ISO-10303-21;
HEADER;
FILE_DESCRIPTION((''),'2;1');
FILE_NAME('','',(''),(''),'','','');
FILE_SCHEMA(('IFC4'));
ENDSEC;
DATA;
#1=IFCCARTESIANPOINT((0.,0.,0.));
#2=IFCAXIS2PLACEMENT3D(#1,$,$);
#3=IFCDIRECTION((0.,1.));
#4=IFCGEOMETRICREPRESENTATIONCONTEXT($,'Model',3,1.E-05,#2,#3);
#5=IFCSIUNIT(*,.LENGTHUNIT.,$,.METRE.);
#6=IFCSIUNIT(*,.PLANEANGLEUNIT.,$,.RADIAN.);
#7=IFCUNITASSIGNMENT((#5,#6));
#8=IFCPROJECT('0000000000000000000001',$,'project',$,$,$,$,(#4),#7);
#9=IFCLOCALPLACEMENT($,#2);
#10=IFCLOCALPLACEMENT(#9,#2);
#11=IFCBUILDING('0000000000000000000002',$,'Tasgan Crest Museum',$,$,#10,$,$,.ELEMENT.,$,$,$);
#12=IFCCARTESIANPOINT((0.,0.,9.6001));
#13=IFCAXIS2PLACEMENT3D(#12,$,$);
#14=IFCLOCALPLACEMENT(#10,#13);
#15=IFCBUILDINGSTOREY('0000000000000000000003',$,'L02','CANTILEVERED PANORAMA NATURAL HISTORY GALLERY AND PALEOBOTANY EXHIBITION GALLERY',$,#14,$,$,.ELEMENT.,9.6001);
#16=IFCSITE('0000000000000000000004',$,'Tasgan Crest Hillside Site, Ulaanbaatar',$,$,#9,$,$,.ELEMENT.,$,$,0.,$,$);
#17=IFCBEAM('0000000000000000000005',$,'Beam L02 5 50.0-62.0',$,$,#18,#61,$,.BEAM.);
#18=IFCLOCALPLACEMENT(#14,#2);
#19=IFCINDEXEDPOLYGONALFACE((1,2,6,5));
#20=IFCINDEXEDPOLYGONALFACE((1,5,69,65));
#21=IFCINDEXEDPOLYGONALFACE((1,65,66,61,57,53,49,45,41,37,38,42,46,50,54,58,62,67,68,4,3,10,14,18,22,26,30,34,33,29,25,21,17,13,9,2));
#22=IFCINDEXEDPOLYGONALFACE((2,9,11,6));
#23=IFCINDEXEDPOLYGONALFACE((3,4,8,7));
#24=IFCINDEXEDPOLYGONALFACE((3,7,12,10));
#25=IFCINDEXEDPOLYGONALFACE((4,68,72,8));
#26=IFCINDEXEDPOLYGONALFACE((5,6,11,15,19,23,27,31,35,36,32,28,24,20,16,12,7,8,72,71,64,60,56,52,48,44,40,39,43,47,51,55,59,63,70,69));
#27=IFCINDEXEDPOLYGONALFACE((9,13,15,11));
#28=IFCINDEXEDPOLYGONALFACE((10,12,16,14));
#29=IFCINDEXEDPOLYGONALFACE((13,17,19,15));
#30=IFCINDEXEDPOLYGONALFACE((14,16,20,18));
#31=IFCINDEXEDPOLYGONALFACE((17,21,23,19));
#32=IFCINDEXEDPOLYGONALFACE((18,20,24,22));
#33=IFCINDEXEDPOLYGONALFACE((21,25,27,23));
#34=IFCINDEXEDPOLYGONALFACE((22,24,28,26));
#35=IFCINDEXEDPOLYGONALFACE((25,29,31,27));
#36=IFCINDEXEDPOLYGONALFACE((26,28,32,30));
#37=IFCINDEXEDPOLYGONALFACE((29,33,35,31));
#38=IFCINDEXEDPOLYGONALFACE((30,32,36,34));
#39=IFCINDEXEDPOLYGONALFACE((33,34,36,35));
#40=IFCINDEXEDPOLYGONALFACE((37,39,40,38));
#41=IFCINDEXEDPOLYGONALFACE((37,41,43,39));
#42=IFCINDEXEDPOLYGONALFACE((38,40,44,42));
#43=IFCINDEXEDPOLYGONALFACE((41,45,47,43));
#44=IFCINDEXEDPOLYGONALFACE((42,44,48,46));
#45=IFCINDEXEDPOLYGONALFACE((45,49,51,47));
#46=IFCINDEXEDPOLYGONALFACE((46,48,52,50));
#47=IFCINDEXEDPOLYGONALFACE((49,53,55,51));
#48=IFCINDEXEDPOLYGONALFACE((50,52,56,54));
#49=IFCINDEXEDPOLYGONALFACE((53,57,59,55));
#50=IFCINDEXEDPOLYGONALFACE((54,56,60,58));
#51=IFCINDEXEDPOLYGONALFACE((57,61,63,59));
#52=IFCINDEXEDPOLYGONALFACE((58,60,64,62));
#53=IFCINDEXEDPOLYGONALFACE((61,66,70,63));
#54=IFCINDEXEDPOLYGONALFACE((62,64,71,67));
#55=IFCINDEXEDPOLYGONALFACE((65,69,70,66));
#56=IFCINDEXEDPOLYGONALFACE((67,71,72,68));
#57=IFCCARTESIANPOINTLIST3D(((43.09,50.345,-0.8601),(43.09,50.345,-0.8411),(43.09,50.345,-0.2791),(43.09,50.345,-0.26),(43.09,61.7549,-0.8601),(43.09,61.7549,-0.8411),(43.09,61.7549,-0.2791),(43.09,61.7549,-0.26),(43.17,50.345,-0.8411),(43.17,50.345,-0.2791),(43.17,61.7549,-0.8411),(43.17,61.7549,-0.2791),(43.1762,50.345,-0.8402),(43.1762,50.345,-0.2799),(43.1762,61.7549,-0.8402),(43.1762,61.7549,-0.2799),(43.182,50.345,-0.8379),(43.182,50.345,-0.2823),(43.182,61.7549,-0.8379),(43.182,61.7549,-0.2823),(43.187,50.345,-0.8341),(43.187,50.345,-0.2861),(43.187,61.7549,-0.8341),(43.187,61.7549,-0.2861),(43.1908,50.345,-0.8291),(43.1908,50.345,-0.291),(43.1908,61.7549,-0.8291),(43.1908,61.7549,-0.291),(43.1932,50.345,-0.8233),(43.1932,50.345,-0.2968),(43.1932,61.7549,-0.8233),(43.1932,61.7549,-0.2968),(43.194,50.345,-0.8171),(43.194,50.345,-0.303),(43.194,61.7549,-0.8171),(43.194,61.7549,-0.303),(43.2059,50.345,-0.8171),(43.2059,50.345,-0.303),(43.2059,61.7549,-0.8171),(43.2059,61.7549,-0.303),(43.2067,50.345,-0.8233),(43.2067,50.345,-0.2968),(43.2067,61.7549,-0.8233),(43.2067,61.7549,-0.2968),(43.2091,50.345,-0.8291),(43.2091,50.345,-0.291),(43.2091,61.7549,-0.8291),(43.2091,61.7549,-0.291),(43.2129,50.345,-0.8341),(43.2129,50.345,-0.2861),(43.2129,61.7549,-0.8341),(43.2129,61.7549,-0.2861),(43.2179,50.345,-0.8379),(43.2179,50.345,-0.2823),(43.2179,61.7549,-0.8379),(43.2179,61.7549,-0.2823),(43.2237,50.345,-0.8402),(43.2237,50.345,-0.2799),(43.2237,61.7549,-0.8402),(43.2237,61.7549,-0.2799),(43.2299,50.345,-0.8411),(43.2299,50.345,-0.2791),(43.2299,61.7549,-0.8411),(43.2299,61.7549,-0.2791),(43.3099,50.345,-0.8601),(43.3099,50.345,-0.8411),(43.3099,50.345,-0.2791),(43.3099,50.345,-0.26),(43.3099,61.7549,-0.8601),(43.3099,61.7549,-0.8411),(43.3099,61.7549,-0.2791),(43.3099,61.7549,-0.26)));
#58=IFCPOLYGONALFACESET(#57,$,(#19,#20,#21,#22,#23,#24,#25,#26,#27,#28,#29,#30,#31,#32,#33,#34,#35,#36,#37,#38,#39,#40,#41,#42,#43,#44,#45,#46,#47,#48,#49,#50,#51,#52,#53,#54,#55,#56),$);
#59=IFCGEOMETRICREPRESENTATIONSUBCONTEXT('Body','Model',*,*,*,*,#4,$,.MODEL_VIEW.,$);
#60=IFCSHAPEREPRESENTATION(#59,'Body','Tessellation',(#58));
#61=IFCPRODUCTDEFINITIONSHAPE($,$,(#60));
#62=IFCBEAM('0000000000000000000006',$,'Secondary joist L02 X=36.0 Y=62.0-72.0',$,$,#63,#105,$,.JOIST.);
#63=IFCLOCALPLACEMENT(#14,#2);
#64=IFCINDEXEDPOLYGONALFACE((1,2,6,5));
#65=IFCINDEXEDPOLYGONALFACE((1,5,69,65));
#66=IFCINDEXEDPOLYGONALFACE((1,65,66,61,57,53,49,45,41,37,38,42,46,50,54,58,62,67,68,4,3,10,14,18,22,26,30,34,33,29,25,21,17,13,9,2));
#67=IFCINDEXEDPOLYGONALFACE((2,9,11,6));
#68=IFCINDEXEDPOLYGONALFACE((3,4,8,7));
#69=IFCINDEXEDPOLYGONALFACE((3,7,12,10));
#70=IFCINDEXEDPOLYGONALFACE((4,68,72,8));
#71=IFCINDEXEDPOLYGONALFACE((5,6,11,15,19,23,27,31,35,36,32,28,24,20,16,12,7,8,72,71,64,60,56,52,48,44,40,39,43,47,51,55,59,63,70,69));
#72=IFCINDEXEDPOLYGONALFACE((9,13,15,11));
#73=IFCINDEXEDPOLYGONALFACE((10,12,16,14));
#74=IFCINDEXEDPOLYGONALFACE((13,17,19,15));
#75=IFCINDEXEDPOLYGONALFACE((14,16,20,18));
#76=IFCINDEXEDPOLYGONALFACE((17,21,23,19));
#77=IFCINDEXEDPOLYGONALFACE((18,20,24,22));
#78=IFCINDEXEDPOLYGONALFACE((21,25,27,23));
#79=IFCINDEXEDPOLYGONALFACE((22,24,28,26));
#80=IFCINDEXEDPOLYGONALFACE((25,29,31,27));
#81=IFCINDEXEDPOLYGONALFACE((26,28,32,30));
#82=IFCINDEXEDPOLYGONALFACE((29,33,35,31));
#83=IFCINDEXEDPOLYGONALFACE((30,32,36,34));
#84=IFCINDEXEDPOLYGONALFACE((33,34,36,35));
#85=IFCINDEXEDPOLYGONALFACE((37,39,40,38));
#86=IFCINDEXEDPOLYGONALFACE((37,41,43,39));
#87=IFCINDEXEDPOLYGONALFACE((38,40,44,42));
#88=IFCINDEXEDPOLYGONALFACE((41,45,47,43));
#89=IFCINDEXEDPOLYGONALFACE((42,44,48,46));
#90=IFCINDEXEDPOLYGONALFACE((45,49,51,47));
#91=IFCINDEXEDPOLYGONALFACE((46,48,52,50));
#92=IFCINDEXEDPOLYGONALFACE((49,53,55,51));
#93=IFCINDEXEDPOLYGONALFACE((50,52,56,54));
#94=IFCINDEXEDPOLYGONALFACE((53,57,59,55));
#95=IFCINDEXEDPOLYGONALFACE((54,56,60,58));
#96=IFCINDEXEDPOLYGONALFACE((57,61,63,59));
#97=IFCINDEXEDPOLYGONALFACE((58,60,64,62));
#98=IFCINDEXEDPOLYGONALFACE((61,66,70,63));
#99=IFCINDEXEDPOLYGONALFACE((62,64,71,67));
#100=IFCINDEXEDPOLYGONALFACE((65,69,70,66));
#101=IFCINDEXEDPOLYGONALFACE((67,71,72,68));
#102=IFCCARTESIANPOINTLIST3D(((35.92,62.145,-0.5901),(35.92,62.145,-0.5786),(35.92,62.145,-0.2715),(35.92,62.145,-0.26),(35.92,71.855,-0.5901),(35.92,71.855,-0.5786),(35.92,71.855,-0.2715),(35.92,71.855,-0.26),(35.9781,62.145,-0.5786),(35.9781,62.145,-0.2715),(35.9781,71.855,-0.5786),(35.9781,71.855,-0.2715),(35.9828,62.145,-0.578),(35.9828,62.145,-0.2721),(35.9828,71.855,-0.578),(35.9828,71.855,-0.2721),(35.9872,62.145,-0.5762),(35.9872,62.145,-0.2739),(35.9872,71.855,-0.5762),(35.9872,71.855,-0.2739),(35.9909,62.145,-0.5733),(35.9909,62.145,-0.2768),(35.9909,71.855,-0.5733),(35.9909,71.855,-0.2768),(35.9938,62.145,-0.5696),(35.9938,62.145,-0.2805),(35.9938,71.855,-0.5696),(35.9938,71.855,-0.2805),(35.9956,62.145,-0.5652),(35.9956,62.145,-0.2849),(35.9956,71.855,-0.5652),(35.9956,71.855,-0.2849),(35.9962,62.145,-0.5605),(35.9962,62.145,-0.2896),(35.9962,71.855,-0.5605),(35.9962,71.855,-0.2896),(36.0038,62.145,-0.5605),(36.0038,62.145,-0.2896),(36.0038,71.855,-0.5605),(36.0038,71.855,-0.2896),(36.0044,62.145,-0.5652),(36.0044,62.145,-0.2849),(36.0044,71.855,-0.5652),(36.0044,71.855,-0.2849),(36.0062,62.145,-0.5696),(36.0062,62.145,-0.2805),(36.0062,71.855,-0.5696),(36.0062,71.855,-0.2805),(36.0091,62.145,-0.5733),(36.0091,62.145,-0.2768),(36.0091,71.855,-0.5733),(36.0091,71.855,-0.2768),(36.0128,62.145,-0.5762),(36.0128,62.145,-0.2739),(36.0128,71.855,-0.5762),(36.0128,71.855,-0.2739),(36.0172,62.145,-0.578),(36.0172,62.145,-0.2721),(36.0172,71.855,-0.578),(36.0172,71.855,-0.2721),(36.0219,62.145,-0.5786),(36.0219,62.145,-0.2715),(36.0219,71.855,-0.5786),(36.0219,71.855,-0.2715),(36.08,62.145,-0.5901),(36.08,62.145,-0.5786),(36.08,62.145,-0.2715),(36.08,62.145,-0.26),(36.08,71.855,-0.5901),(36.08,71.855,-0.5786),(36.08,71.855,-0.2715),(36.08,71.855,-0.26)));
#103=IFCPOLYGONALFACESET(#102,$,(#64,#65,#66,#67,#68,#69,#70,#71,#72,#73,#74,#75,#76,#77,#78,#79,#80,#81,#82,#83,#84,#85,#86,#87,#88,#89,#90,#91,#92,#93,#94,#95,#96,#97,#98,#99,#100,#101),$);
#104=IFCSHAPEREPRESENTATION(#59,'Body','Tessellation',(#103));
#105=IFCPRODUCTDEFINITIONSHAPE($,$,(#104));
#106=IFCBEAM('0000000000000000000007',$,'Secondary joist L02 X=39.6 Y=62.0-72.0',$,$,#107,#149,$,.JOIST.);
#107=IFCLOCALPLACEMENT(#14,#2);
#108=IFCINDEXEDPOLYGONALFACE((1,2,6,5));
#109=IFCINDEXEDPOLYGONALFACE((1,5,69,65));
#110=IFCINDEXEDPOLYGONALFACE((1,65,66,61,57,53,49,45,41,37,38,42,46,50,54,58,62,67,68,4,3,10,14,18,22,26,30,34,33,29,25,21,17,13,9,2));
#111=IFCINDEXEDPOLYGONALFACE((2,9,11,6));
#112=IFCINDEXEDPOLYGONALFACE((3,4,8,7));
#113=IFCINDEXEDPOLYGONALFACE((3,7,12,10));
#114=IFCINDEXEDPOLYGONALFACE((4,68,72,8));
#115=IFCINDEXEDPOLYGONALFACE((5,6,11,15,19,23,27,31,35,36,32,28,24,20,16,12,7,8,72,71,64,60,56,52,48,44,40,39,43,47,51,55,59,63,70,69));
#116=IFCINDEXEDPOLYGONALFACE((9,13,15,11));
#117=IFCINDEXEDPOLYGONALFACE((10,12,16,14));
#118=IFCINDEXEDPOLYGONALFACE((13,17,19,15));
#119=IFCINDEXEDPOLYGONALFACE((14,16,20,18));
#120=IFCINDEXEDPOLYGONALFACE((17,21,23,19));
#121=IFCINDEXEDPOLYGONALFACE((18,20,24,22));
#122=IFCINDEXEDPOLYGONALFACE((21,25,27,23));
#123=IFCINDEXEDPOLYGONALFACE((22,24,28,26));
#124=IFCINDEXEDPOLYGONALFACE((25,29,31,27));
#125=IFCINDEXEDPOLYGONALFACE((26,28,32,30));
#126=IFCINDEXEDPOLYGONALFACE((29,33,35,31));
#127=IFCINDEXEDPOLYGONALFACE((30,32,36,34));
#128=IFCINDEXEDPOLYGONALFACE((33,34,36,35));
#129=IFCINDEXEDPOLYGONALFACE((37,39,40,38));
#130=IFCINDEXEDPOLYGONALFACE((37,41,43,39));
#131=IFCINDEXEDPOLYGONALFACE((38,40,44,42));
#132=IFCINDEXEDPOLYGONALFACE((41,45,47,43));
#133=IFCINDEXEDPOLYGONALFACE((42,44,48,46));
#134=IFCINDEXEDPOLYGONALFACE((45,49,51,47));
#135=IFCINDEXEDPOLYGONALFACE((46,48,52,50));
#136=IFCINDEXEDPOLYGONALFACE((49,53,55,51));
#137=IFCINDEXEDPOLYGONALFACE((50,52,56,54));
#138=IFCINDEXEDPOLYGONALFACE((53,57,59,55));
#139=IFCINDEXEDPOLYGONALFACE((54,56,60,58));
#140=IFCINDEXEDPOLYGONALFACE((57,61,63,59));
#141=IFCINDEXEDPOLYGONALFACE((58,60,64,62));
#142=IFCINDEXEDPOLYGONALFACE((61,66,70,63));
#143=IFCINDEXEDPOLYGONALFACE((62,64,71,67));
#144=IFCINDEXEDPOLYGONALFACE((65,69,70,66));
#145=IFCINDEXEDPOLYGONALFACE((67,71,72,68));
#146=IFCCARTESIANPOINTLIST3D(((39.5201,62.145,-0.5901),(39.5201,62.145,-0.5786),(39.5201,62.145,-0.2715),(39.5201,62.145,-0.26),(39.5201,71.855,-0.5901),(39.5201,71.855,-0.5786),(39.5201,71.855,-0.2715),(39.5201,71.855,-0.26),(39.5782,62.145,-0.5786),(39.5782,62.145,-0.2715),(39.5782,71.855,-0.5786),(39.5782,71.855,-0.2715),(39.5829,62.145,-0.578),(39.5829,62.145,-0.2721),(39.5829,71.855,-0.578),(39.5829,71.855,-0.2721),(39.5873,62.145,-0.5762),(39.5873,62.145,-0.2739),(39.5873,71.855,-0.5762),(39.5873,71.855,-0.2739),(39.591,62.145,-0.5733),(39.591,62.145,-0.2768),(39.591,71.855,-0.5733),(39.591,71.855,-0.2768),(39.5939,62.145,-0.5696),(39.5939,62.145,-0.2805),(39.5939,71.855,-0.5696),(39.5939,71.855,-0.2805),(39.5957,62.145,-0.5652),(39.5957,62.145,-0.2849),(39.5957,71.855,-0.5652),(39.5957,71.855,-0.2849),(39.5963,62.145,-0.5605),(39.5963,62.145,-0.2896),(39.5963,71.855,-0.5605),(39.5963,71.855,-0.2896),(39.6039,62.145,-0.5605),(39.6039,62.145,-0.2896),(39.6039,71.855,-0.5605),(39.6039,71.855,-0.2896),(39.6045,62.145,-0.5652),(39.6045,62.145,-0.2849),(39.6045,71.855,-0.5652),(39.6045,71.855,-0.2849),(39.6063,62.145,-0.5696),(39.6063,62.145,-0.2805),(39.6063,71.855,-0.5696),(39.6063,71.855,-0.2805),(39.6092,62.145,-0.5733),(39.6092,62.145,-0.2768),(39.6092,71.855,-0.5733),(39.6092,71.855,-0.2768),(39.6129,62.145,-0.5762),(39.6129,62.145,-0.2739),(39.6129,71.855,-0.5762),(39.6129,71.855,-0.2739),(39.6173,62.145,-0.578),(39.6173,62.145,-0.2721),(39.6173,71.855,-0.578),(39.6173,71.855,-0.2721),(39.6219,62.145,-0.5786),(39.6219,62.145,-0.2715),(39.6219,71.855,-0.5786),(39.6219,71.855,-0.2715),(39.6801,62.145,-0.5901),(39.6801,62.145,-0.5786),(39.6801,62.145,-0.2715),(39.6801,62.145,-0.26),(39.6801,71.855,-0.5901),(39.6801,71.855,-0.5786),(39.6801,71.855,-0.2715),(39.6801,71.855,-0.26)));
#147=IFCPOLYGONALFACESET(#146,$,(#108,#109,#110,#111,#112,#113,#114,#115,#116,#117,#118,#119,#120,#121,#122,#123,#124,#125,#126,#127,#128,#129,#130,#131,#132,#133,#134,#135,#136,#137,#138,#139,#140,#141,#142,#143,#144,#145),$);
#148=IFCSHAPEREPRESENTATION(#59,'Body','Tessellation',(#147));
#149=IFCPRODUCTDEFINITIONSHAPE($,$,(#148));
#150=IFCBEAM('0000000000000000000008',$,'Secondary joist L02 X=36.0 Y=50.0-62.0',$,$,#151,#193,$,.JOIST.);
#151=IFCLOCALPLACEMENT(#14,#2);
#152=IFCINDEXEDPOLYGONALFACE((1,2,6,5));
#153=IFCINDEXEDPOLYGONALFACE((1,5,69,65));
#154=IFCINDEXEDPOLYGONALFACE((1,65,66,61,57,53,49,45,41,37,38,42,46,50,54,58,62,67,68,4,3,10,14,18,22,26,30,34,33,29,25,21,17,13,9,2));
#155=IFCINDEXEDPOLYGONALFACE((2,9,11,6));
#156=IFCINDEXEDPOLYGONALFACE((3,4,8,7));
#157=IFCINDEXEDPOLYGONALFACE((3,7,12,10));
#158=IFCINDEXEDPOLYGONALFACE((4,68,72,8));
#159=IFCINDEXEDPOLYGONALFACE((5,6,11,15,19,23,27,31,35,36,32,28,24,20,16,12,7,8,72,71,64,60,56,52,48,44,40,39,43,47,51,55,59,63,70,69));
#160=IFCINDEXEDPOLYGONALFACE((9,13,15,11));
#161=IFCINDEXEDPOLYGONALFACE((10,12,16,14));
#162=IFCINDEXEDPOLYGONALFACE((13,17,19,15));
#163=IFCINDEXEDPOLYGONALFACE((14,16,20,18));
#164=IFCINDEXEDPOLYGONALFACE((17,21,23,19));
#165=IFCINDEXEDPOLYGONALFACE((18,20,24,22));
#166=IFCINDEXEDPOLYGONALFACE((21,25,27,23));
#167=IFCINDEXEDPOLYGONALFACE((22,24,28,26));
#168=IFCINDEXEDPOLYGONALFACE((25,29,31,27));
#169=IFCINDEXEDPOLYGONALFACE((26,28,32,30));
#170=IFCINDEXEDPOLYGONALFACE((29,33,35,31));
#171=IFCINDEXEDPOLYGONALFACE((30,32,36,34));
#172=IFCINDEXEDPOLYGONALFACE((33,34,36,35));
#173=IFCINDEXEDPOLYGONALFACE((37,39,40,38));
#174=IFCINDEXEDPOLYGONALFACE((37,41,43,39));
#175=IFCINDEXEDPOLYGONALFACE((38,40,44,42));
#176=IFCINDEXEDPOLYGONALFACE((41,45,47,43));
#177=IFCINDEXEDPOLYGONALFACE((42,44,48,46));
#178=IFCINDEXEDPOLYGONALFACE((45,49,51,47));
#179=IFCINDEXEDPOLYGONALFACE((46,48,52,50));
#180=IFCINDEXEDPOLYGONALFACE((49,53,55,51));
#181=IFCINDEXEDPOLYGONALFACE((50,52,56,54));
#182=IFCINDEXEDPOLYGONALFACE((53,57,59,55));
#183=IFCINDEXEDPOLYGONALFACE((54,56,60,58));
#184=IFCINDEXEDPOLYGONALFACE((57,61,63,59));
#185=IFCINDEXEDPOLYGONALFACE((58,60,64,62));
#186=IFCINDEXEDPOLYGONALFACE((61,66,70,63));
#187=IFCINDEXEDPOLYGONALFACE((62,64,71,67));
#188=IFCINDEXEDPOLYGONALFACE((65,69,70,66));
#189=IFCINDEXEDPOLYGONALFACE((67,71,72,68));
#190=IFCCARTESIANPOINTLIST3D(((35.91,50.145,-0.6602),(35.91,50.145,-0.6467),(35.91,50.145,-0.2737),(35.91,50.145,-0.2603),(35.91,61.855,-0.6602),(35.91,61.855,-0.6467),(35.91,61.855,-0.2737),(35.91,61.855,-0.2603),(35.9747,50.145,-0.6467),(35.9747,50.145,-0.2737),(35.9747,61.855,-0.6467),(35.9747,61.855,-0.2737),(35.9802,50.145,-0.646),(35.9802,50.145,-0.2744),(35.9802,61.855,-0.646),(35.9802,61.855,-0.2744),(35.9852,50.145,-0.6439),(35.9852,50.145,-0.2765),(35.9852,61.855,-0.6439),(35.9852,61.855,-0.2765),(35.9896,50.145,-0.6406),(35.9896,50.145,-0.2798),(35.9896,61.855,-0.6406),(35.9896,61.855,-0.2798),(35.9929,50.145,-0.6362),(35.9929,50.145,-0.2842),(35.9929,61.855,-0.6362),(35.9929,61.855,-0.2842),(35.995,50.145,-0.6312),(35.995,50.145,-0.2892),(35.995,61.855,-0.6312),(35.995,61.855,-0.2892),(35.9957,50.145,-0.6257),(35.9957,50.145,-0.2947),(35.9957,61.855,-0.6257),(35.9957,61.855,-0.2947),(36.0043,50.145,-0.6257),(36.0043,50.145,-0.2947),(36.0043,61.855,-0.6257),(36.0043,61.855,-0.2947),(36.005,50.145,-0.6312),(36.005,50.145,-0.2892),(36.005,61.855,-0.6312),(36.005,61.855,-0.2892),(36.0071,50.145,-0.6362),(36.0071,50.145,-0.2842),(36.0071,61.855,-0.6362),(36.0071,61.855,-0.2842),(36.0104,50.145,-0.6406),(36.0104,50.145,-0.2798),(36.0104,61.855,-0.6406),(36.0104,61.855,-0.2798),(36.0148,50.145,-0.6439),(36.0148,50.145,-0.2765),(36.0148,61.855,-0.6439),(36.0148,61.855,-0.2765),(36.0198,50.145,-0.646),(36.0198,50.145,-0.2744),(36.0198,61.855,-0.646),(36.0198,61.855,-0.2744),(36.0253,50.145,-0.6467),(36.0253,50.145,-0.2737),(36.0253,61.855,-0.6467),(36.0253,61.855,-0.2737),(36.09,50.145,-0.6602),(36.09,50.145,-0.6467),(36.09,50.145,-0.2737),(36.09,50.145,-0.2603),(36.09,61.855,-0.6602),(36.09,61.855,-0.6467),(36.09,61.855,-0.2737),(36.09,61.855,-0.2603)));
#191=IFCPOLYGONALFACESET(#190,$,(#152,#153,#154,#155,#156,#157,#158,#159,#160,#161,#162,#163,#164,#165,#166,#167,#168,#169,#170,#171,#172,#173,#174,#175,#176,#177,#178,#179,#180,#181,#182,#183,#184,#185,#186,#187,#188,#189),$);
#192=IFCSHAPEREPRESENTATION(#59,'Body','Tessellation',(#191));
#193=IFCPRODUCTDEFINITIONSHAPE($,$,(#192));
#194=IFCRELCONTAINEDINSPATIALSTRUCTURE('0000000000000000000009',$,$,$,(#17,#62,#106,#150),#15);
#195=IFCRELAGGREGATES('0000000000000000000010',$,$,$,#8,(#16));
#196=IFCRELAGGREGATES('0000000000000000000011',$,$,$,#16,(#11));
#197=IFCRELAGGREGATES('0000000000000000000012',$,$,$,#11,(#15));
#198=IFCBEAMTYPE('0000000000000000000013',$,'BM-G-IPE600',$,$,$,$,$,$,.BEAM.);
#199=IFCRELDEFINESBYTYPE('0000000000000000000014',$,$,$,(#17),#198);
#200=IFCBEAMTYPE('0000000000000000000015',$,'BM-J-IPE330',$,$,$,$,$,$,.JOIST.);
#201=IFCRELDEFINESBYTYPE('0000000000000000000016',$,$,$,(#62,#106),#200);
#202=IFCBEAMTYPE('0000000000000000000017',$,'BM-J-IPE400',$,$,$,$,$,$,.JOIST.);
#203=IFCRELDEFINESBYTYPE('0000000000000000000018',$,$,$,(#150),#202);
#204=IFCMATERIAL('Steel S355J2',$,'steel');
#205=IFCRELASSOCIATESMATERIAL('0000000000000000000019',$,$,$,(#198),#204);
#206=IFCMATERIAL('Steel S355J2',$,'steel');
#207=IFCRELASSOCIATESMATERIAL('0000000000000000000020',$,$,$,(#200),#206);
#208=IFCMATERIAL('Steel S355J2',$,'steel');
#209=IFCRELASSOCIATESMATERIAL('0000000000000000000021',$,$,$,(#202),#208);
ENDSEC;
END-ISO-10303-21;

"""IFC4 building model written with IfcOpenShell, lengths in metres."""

from ifc_helpers import new_model, si_unit, direction, frame, origin, origin_2d, place, context, subcontext, project, spatial, i_section, extrude, material, material_profile, profile_set, type_object, element, save


model = new_model("IFC4")

# Units and contexts
model_context = context("Model", 3, precision=1e-05, world=origin(), true_north=direction((0.0, 1.0)))
body_context = subcontext(model_context, "Body", "Model", "MODEL_VIEW")
ifc_project = project(units=[si_unit("LENGTHUNIT", "METRE"), si_unit("PLANEANGLEUNIT", "RADIAN")], contexts=[model_context])

# Site, building, storey
site_placement = place(None, origin())
site = spatial("IfcSite", under=ifc_project, at=site_placement, Name="Tasgan Crest Hillside Site, Ulaanbaatar", CompositionType="ELEMENT", RefElevation=0.0)
building_placement = place(site_placement, origin())
building = spatial("IfcBuilding", under=site, at=building_placement, Name="Tasgan Crest Museum", CompositionType="ELEMENT")
storey_placement = place(building_placement, frame((0.0, 0.0, 9.6001)))
storey = spatial("IfcBuildingStorey", under=building, at=storey_placement, Name="L02", Description="CANTILEVERED PANORAMA NATURAL HISTORY GALLERY AND PALEOBOTANY EXHIBITION GALLERY", CompositionType="ELEMENT", Elevation=9.6001)

# Beams
ifc_material_1 = material(Name="Steel S355J2", Category="steel")
ifc_material_profile_1 = material_profile(ifc_material_1, i_section(OverallWidth=0.22, OverallDepth=0.6001, WebThickness=0.012, FlangeThickness=0.019, FilletRadius=0.0239, at=origin_2d()), Name="IPE 600")
ifc_profile_set_1 = profile_set([ifc_material_profile_1], Name="Steel S355J2")
beam_type_1 = type_object("IfcBeamType", Name="BM-G-IPE600", PredefinedType="BEAM", material=ifc_profile_set_1)
beam_1_placement = place(storey_placement, frame((43.2, 50.345, -0.5601), z_axis=(0.0, 1.0, 0.0), x_axis=(-1.0, 0.0, 0.0)))
element("IfcBeam", 1, at=beam_1_placement, inside=storey, type_object=beam_type_1, Name="Beam L02 5 50.0-62.0", PredefinedType="BEAM", context=body_context, shape_type="SweptSolid", body=[
    extrude(i_section(OverallWidth=0.22, OverallDepth=0.6001, WebThickness=0.012, FlangeThickness=0.019, FilletRadius=0.0239, at=origin_2d()), origin(), (0.0, 0.0, 1.0), 11.4099),
])
ifc_material_2 = material(Name="Steel S355J2", Category="steel")
ifc_material_profile_2 = material_profile(ifc_material_2, i_section(OverallWidth=0.1599, OverallDepth=0.3301, WebThickness=0.0076, FlangeThickness=0.0115, FilletRadius=0.0181, at=origin_2d()), Name="IPE 330")
ifc_profile_set_2 = profile_set([ifc_material_profile_2], Name="Steel S355J2")
beam_type_2 = type_object("IfcBeamType", Name="BM-J-IPE330", PredefinedType="JOIST", material=ifc_profile_set_2)
for number, where, z_axis, x_axis, name in (
    (2, (36.0, 62.145, -0.425), (0.0, 1.0, 0.0), (-1.0, 0.0, 0.0), "Secondary joist L02 X=36.0 Y=62.0-72.0"),
    (3, (39.6001, 62.145, -0.425), (0.0, 1.0, 0.0), (-1.0, 0.0, 0.0), "Secondary joist L02 X=39.6 Y=62.0-72.0"),
):
    element("IfcBeam", number, at=place(storey_placement, frame(where, z_axis=z_axis, x_axis=x_axis)), inside=storey, type_object=beam_type_2, Name=name, PredefinedType="JOIST", context=body_context, shape_type="SweptSolid", body=[
        extrude(i_section(OverallWidth=0.1599, OverallDepth=0.3301, WebThickness=0.0076, FlangeThickness=0.0115, FilletRadius=0.0181, at=origin_2d()), origin(), (0.0, 0.0, 1.0), 9.71),
    ])
ifc_material_3 = material(Name="Steel S355J2", Category="steel")
ifc_material_profile_3 = material_profile(ifc_material_3, i_section(OverallWidth=0.1799, OverallDepth=0.3999, WebThickness=0.0085, FlangeThickness=0.0134, FilletRadius=0.021, at=origin_2d()), Name="IPE 400")
ifc_profile_set_3 = profile_set([ifc_material_profile_3], Name="Steel S355J2")
beam_type_3 = type_object("IfcBeamType", Name="BM-J-IPE400", PredefinedType="JOIST", material=ifc_profile_set_3)
for number, where, z_axis, x_axis, name in (
    (4, (36.0, 50.145, -0.4602), (0.0, 1.0, 0.0), (-1.0, 0.0, 0.0), "Secondary joist L02 X=36.0 Y=50.0-62.0"),
):
    element("IfcBeam", number, at=place(storey_placement, frame(where, z_axis=z_axis, x_axis=x_axis)), inside=storey, type_object=beam_type_3, Name=name, PredefinedType="JOIST", context=body_context, shape_type="SweptSolid", body=[
        extrude(i_section(OverallWidth=0.1799, OverallDepth=0.3999, WebThickness=0.0085, FlangeThickness=0.0134, FilletRadius=0.021, at=origin_2d()), origin(), (0.0, 0.0, 1.0), 11.71),
    ])

save(model, "model.ifc")
